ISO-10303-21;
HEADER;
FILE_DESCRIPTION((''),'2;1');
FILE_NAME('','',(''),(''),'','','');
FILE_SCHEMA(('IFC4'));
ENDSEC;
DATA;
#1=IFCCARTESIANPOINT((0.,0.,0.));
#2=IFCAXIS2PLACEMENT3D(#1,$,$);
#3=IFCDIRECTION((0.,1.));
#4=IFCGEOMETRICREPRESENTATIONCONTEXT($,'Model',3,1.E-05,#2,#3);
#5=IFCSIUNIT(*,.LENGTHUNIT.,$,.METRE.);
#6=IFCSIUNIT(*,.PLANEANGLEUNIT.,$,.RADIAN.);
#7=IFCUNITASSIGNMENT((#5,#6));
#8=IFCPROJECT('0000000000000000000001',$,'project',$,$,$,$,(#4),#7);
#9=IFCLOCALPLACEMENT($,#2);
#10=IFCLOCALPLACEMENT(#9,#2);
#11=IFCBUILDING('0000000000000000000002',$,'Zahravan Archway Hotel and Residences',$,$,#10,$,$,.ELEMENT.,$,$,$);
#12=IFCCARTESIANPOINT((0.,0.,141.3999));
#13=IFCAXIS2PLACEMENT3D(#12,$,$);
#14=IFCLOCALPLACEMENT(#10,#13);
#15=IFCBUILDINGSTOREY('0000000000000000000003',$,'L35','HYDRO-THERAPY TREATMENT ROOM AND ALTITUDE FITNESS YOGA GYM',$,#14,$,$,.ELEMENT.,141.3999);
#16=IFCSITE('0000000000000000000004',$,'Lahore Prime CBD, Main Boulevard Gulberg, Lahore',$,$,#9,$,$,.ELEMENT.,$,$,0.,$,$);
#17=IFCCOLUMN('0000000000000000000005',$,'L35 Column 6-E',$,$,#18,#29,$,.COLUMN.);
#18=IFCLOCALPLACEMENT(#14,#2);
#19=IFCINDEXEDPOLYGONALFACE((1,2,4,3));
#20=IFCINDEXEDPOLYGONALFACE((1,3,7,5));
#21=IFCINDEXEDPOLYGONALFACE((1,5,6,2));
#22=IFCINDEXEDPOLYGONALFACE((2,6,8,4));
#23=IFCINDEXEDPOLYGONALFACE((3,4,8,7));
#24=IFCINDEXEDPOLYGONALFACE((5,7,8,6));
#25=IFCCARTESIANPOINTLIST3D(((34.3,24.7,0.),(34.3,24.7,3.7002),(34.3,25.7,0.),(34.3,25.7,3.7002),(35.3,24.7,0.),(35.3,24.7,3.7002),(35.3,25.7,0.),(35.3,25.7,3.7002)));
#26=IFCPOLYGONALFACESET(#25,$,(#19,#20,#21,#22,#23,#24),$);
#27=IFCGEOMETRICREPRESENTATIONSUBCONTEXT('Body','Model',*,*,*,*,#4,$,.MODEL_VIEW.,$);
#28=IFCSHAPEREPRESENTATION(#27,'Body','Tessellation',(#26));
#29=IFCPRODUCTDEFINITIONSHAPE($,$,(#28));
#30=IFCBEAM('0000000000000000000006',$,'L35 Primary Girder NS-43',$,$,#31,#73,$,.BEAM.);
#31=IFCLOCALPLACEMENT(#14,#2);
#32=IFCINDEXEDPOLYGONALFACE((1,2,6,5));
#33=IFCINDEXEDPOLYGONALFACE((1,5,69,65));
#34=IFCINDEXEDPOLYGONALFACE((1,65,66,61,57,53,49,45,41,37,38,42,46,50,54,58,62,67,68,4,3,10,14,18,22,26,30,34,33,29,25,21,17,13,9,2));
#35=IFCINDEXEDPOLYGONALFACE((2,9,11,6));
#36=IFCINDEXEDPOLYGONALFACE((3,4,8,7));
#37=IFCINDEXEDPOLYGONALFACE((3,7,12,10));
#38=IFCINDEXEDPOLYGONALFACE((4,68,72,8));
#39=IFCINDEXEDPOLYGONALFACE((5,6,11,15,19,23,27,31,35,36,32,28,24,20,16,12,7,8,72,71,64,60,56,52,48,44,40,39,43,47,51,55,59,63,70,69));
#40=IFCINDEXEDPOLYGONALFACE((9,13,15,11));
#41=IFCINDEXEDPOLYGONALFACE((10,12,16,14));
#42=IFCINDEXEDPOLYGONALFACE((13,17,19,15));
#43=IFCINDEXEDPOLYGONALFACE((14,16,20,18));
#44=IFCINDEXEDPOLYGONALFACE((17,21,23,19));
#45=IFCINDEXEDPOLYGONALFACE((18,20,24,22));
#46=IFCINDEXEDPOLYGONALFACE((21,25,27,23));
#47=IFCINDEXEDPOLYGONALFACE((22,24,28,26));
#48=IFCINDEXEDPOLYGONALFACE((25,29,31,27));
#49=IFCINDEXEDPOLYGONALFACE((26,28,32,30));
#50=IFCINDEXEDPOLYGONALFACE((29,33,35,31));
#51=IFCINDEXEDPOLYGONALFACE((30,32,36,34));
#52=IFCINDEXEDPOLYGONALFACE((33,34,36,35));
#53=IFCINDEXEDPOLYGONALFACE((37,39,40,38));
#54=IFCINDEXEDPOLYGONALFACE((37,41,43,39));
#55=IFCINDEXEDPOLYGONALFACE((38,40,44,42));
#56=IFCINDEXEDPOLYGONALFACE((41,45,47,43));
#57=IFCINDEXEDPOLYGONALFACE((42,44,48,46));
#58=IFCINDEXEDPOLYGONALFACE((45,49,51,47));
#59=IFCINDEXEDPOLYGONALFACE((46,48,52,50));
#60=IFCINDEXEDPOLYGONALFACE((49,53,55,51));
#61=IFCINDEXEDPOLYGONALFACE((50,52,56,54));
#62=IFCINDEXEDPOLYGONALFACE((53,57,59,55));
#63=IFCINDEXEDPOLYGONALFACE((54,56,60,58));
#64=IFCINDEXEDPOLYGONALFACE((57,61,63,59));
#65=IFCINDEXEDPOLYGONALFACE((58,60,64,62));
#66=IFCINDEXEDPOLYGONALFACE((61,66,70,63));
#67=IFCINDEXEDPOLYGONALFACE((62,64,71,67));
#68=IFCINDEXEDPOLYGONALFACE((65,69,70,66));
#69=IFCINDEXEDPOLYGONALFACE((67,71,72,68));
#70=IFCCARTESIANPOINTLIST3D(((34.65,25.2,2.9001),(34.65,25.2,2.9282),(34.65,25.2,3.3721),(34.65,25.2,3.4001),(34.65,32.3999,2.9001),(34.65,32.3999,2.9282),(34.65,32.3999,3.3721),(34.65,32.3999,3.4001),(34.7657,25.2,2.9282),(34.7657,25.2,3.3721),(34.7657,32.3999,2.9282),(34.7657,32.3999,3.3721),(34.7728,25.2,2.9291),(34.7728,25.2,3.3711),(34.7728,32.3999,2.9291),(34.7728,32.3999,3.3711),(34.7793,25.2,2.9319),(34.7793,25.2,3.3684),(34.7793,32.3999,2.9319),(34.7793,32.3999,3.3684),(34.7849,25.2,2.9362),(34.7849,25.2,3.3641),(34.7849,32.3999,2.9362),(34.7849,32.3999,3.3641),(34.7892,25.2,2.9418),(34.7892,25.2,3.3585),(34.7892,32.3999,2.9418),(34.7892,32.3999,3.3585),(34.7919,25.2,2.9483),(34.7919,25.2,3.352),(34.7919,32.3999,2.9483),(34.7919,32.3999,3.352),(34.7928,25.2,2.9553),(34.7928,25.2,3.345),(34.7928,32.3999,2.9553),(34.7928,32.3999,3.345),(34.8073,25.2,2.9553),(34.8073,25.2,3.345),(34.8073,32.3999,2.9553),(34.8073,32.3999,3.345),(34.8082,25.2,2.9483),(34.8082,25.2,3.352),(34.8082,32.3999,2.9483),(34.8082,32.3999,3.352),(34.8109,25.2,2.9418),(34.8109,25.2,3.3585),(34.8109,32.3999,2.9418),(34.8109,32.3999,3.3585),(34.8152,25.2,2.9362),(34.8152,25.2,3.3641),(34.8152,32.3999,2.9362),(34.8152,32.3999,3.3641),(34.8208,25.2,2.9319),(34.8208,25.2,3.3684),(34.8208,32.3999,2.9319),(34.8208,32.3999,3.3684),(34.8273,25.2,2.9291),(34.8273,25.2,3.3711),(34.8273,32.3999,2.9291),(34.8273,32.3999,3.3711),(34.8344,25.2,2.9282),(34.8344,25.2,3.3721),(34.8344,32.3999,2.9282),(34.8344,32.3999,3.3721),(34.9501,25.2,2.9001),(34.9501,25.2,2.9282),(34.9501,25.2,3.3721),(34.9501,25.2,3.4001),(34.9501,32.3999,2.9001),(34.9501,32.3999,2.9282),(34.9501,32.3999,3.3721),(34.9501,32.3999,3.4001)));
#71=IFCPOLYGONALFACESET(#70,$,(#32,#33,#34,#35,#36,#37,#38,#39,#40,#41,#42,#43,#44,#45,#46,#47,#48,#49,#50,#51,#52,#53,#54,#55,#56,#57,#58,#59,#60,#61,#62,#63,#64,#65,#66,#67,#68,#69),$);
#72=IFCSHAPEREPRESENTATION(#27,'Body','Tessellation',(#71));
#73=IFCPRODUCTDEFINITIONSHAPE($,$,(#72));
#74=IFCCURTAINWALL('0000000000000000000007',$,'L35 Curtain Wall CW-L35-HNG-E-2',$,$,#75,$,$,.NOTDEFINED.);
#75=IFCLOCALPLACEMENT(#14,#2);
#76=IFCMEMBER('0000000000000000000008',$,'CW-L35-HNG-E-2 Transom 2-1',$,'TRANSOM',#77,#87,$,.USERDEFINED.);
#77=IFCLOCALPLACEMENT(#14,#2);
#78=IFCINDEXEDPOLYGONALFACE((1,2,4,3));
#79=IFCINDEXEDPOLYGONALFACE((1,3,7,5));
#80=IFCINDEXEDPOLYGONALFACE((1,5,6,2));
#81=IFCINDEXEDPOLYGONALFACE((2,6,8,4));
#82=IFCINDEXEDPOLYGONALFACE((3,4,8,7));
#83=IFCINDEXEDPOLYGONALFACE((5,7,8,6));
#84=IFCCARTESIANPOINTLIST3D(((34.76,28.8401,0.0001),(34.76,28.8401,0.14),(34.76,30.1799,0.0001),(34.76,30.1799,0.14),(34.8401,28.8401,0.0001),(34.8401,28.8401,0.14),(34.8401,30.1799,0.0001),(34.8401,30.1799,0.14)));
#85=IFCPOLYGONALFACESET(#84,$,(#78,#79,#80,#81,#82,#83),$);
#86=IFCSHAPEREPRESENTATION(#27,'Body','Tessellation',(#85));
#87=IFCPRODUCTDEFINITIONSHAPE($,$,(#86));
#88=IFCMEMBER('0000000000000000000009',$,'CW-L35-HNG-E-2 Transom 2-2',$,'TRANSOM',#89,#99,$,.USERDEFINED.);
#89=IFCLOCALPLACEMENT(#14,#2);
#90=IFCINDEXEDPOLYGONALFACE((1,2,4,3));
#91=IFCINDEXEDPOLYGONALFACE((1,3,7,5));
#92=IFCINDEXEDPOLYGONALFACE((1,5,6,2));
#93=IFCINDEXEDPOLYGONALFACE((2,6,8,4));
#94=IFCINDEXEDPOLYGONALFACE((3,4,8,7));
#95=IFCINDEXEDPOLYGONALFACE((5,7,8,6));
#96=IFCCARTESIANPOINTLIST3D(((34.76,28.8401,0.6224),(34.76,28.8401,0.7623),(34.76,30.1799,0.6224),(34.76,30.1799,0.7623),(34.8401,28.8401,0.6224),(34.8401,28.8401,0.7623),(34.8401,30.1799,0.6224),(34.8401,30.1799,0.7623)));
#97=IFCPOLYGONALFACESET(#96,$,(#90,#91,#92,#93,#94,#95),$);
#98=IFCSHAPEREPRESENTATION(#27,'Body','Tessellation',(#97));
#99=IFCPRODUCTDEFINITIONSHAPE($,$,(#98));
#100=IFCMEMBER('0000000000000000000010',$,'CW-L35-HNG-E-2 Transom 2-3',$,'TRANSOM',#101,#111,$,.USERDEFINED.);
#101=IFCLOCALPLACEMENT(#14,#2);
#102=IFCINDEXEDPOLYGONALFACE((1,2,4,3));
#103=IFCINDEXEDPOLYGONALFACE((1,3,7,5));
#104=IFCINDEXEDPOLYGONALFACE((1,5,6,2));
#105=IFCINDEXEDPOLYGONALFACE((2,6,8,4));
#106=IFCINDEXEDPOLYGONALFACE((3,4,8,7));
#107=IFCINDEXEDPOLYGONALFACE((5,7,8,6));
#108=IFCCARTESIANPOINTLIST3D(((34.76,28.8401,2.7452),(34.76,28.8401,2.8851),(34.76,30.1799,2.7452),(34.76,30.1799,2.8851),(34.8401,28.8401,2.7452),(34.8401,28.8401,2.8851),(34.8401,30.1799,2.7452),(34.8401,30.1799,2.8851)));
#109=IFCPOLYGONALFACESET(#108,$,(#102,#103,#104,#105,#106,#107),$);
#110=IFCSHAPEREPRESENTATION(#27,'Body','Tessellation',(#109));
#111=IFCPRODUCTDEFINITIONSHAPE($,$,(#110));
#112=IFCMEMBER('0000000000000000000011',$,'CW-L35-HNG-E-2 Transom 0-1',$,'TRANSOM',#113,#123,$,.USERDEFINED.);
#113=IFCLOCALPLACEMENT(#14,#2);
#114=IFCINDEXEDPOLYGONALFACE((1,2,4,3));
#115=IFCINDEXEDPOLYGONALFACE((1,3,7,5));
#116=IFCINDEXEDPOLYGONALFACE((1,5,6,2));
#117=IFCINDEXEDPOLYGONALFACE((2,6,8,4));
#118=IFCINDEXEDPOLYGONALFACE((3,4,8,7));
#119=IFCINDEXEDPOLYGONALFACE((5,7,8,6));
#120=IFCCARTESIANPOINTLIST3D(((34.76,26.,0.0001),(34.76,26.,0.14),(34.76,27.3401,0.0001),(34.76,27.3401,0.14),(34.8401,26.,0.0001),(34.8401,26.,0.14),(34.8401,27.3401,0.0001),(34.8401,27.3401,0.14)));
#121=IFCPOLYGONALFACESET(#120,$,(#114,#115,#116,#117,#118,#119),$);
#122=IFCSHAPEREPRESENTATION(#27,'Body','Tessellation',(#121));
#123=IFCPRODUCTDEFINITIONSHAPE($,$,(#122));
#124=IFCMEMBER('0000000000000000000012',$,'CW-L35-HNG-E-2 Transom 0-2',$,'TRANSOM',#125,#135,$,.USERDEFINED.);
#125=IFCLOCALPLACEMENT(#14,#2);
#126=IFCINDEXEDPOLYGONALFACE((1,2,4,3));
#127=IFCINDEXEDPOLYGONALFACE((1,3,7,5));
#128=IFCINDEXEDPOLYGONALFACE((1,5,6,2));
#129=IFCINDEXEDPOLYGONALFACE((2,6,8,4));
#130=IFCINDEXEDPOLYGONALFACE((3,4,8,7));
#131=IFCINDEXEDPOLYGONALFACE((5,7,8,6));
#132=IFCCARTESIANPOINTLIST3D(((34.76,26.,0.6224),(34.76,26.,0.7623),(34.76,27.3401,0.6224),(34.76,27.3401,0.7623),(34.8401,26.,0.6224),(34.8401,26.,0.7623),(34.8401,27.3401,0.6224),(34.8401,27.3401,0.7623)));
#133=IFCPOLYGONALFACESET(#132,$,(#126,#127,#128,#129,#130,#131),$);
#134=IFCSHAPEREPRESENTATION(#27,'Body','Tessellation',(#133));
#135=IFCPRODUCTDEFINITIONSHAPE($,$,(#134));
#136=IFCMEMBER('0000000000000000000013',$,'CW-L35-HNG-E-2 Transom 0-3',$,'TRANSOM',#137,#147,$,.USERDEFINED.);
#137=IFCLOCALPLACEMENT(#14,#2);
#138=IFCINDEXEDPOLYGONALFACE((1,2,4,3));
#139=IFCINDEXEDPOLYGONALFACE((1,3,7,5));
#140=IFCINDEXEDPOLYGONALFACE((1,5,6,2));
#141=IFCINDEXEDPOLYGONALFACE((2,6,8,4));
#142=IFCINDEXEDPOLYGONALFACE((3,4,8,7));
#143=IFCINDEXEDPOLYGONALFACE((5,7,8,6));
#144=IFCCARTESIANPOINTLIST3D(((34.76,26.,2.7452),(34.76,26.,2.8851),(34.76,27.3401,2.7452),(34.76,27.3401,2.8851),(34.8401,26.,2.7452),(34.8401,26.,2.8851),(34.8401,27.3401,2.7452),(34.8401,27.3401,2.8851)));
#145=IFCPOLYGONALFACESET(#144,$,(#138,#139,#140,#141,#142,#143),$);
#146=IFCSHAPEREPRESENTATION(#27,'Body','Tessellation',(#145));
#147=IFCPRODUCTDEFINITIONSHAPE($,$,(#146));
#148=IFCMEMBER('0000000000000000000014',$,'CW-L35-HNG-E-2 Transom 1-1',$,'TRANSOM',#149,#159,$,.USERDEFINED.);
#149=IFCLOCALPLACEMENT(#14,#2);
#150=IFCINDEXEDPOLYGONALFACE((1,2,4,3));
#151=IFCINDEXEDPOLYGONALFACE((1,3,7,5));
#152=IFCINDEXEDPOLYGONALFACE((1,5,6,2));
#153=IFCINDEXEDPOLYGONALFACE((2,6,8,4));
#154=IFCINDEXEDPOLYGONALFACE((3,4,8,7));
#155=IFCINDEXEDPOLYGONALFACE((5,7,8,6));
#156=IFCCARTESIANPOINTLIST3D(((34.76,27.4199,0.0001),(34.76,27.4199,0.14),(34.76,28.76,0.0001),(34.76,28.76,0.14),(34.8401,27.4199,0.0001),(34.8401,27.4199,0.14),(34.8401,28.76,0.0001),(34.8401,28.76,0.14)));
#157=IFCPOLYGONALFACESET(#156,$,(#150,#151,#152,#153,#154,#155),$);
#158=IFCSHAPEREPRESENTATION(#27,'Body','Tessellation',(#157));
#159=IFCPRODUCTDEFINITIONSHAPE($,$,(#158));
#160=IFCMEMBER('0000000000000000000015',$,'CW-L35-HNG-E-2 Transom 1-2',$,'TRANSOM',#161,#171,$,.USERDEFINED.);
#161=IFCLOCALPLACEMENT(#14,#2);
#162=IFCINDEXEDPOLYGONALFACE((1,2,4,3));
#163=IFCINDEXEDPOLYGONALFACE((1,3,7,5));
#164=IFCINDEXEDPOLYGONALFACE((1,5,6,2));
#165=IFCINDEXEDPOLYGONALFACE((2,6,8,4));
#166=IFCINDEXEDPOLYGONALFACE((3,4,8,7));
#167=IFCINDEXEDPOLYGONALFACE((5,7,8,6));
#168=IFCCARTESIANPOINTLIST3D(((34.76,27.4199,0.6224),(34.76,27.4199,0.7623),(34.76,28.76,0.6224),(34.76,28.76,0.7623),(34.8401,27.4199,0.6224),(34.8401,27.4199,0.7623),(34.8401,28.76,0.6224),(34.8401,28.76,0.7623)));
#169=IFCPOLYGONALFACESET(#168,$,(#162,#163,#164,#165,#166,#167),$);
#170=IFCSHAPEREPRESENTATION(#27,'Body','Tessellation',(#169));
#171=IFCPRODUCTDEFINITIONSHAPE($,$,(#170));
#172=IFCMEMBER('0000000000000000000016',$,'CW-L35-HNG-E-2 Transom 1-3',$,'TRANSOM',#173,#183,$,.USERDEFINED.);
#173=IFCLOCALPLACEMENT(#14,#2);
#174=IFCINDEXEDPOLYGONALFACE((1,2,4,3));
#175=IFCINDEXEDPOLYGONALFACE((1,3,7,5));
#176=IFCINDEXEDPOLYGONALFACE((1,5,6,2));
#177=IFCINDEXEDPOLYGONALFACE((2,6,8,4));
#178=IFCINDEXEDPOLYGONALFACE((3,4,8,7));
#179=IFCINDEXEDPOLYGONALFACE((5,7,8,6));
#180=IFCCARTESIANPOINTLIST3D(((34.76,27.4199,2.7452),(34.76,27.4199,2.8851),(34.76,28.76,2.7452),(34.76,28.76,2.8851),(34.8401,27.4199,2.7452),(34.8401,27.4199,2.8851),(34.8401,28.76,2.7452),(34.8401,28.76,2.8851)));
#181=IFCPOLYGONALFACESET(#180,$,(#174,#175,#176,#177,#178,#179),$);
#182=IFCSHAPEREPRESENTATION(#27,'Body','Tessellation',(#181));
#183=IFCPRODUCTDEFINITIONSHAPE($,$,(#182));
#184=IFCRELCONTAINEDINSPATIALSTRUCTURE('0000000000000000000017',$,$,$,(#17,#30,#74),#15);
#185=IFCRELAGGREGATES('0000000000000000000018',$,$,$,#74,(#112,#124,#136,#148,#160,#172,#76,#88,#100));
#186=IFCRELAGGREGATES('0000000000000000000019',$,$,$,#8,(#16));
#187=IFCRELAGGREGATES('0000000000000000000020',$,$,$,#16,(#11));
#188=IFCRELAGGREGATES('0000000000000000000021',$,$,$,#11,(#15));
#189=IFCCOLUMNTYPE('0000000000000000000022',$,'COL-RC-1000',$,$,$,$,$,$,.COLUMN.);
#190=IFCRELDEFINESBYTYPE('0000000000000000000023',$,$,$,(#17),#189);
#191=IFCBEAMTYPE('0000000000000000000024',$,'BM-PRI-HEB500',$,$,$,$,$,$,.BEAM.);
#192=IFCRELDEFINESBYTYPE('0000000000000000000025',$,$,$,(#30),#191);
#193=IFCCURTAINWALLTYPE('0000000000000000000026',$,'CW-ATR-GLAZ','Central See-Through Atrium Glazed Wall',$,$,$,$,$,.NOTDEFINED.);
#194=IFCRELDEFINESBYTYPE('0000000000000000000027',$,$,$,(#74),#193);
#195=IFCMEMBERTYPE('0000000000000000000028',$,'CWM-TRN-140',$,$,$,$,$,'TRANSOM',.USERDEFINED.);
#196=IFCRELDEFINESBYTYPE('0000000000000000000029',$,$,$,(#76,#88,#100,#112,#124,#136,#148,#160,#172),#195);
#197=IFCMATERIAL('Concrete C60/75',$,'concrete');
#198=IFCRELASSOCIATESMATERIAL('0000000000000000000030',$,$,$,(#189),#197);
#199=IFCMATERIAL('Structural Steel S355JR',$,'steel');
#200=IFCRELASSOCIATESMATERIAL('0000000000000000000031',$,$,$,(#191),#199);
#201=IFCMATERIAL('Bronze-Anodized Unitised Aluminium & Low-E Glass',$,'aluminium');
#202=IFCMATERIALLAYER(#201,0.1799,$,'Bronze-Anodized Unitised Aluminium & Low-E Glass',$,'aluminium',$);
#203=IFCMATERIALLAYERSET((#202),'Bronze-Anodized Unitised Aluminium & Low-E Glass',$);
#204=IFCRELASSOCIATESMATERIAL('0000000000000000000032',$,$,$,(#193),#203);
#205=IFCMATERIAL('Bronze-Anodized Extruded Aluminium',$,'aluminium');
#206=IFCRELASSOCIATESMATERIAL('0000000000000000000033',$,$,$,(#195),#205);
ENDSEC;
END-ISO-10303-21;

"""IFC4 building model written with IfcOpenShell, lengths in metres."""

from ifc_helpers import new_model, si_unit, direction, frame, origin, origin_2d, place, context, subcontext, project, spatial, rectangle, i_section, extrude, source, transform, mapped, material, layer, layer_set, material_profile, profile_set, type_object, element, aggregate, save


model = new_model("IFC4")

# Units and contexts
model_context = context("Model", 3, precision=1e-05, world=origin(), true_north=direction((0.0, 1.0)))
body_context = subcontext(model_context, "Body", "Model", "MODEL_VIEW")
ifc_project = project(units=[si_unit("LENGTHUNIT", "METRE"), si_unit("PLANEANGLEUNIT", "RADIAN")], contexts=[model_context])

# Site, building, storey
site_placement = place(None, origin())
site = spatial("IfcSite", under=ifc_project, at=site_placement, Name="Lahore Prime CBD, Main Boulevard Gulberg, Lahore", CompositionType="ELEMENT", RefElevation=0.0)
building_placement = place(site_placement, origin())
building = spatial("IfcBuilding", under=site, at=building_placement, Name="Zahravan Archway Hotel and Residences", CompositionType="ELEMENT")
storey_placement = place(building_placement, frame((0.0, 0.0, 141.3999)))
storey = spatial("IfcBuildingStorey", under=building, at=storey_placement, Name="L35", Description="HYDRO-THERAPY TREATMENT ROOM AND ALTITUDE FITNESS YOGA GYM", CompositionType="ELEMENT", Elevation=141.3999)

# Column
ifc_material_1 = material(Name="Concrete C60/75", Category="concrete")
ifc_material_profile_1 = material_profile(ifc_material_1, rectangle(XDim=1.0, YDim=1.0, at=origin_2d()), Name="RC-COL-1000x1000", Category="concrete")
ifc_profile_set_1 = profile_set([ifc_material_profile_1], Name="Concrete C60/75")
column_type = type_object("IfcColumnType", Name="COL-RC-1000", PredefinedType="COLUMN", material=ifc_profile_set_1)
shared_shape_1 = source(origin(), body_context, "Body", "SweptSolid", [
    extrude(rectangle(XDim=1.0, YDim=1.0, at=origin_2d()), origin(), (0.0, 0.0, 1.0), 3.7002),
])
column_placement = place(storey_placement, frame((34.8, 25.2, 0.0), z_axis=(0.0, 0.0, 1.0), x_axis=(1.0, 0.0, 0.0)))
element("IfcColumn", 1, at=column_placement, inside=storey, type_object=column_type, Name="L35 Column 6-E", PredefinedType="COLUMN", context=body_context, shape_type="MappedRepresentation", body=[
    mapped(shared_shape_1, transform((0.0, 0.0, 0.0), scale=1.0)),
])

# Beam
ifc_material_2 = material(Name="Structural Steel S355JR", Category="steel")
ifc_material_profile_2 = material_profile(ifc_material_2, i_section(OverallWidth=0.3, OverallDepth=0.5, WebThickness=0.0144, FlangeThickness=0.0281, FilletRadius=0.0271, at=origin_2d()), Name="HEB 500", Category="steel")
ifc_profile_set_2 = profile_set([ifc_material_profile_2], Name="Structural Steel S355JR")
beam_type = type_object("IfcBeamType", Name="BM-PRI-HEB500", PredefinedType="BEAM", material=ifc_profile_set_2)
shared_shape_2 = source(origin(), body_context, "Body", "SweptSolid", [
    extrude(i_section(OverallWidth=0.3, OverallDepth=0.5, WebThickness=0.0144, FlangeThickness=0.0281, FilletRadius=0.0271, at=origin_2d()), origin(), (0.0, 0.0, 1.0), 7.2),
])
beam_placement = place(storey_placement, frame((34.8, 25.2, 3.1501), z_axis=(0.0, 1.0, 0.0), x_axis=(-1.0, 0.0, 0.0)))
element("IfcBeam", 2, at=beam_placement, inside=storey, type_object=beam_type, Name="L35 Primary Girder NS-43", PredefinedType="BEAM", context=body_context, shape_type="MappedRepresentation", body=[
    mapped(shared_shape_2, transform((0.0, 0.0, 0.0), scale=1.0)),
])

# Curtain wall, members
ifc_material_3 = material(Name="Bronze-Anodized Unitised Aluminium & Low-E Glass", Category="aluminium")
ifc_layer_1 = layer(ifc_material_3, 0.1799, Name="Bronze-Anodized Unitised Aluminium & Low-E Glass", Category="aluminium")
ifc_layer_set_1 = layer_set([ifc_layer_1], Name="Bronze-Anodized Unitised Aluminium & Low-E Glass")
curtain_wall_type = type_object("IfcCurtainWallType", Name="CW-ATR-GLAZ", Description="Central See-Through Atrium Glazed Wall", PredefinedType="NOTDEFINED", material=ifc_layer_set_1)
curtain_wall_1_placement = place(storey_placement, origin())
curtain_wall_1 = element("IfcCurtainWall", 3, at=curtain_wall_1_placement, inside=storey, type_object=curtain_wall_type, Name="L35 Curtain Wall CW-L35-HNG-E-2", PredefinedType="NOTDEFINED")
ifc_material_4 = material(Name="Bronze-Anodized Extruded Aluminium", Category="aluminium")
ifc_material_profile_3 = material_profile(ifc_material_4, rectangle(XDim=0.0801, YDim=0.1399, at=origin_2d()), Name="TRN 80x140", Category="aluminium")
ifc_profile_set_3 = profile_set([ifc_material_profile_3], Name="Bronze-Anodized Extruded Aluminium")
member_type_1 = type_object("IfcMemberType", Name="CWM-TRN-140", ElementType="TRANSOM", PredefinedType="USERDEFINED", material=ifc_profile_set_3)
shared_shape_3 = source(origin(), body_context, "Body", "SweptSolid", [
    extrude(rectangle(XDim=0.0801, YDim=0.1399, at=origin_2d()), origin(), (0.0, 0.0, 1.0), 1.3398),
])
member_1_placement = place(storey_placement, frame((34.8, 28.8401, 0.0701), z_axis=(0.0, 1.0, 0.0), x_axis=(-1.0, 0.0, 0.0)))
member_1 = element("IfcMember", 4, at=member_1_placement, type_object=member_type_1, Name="CW-L35-HNG-E-2 Transom 2-1", ObjectType="TRANSOM", PredefinedType="USERDEFINED", context=body_context, shape_type="MappedRepresentation", body=[
    mapped(shared_shape_3, transform((0.0, 0.0, 0.0), scale=1.0)),
])
member_2_placement = place(storey_placement, frame((34.8, 28.8401, 0.6924), z_axis=(0.0, 1.0, 0.0), x_axis=(-1.0, 0.0, 0.0)))
member_2 = element("IfcMember", 5, at=member_2_placement, type_object=member_type_1, Name="CW-L35-HNG-E-2 Transom 2-2", ObjectType="TRANSOM", PredefinedType="USERDEFINED", context=body_context, shape_type="MappedRepresentation", body=[
    mapped(shared_shape_3, transform((0.0, 0.0, 0.0), scale=1.0)),
])
member_3_placement = place(storey_placement, frame((34.8, 28.8401, 2.8152), z_axis=(0.0, 1.0, 0.0), x_axis=(-1.0, 0.0, 0.0)))
member_3 = element("IfcMember", 6, at=member_3_placement, type_object=member_type_1, Name="CW-L35-HNG-E-2 Transom 2-3", ObjectType="TRANSOM", PredefinedType="USERDEFINED", context=body_context, shape_type="MappedRepresentation", body=[
    mapped(shared_shape_3, transform((0.0, 0.0, 0.0), scale=1.0)),
])
shared_shape_4 = source(origin(), body_context, "Body", "SweptSolid", [
    extrude(rectangle(XDim=0.0801, YDim=0.1399, at=origin_2d()), origin(), (0.0, 0.0, 1.0), 1.3401),
])
member_4_placement = place(storey_placement, frame((34.8, 26.0, 0.0701), z_axis=(0.0, 1.0, 0.0), x_axis=(-1.0, 0.0, 0.0)))
member_4 = element("IfcMember", 7, at=member_4_placement, type_object=member_type_1, Name="CW-L35-HNG-E-2 Transom 0-1", ObjectType="TRANSOM", PredefinedType="USERDEFINED", context=body_context, shape_type="MappedRepresentation", body=[
    mapped(shared_shape_4, transform((0.0, 0.0, 0.0), scale=1.0)),
])
member_5_placement = place(storey_placement, frame((34.8, 26.0, 0.6924), z_axis=(0.0, 1.0, 0.0), x_axis=(-1.0, 0.0, 0.0)))
member_5 = element("IfcMember", 8, at=member_5_placement, type_object=member_type_1, Name="CW-L35-HNG-E-2 Transom 0-2", ObjectType="TRANSOM", PredefinedType="USERDEFINED", context=body_context, shape_type="MappedRepresentation", body=[
    mapped(shared_shape_4, transform((0.0, 0.0, 0.0), scale=1.0)),
])
member_6_placement = place(storey_placement, frame((34.8, 26.0, 2.8152), z_axis=(0.0, 1.0, 0.0), x_axis=(-1.0, 0.0, 0.0)))
member_6 = element("IfcMember", 9, at=member_6_placement, type_object=member_type_1, Name="CW-L35-HNG-E-2 Transom 0-3", ObjectType="TRANSOM", PredefinedType="USERDEFINED", context=body_context, shape_type="MappedRepresentation", body=[
    mapped(shared_shape_4, transform((0.0, 0.0, 0.0), scale=1.0)),
])
member_7_placement = place(storey_placement, frame((34.8, 27.4199, 0.0701), z_axis=(0.0, 1.0, 0.0), x_axis=(-1.0, 0.0, 0.0)))
member_7 = element("IfcMember", 10, at=member_7_placement, type_object=member_type_1, Name="CW-L35-HNG-E-2 Transom 1-1", ObjectType="TRANSOM", PredefinedType="USERDEFINED", context=body_context, shape_type="MappedRepresentation", body=[
    mapped(shared_shape_4, transform((0.0, 0.0, 0.0), scale=1.0)),
])
member_8_placement = place(storey_placement, frame((34.8, 27.4199, 0.6924), z_axis=(0.0, 1.0, 0.0), x_axis=(-1.0, 0.0, 0.0)))
member_8 = element("IfcMember", 11, at=member_8_placement, type_object=member_type_1, Name="CW-L35-HNG-E-2 Transom 1-2", ObjectType="TRANSOM", PredefinedType="USERDEFINED", context=body_context, shape_type="MappedRepresentation", body=[
    mapped(shared_shape_4, transform((0.0, 0.0, 0.0), scale=1.0)),
])
member_9_placement = place(storey_placement, frame((34.8, 27.4199, 2.8152), z_axis=(0.0, 1.0, 0.0), x_axis=(-1.0, 0.0, 0.0)))
member_9 = element("IfcMember", 12, at=member_9_placement, type_object=member_type_1, Name="CW-L35-HNG-E-2 Transom 1-3", ObjectType="TRANSOM", PredefinedType="USERDEFINED", context=body_context, shape_type="MappedRepresentation", body=[
    mapped(shared_shape_4, transform((0.0, 0.0, 0.0), scale=1.0)),
])

aggregate(curtain_wall_1, [member_4, member_5, member_6, member_7, member_8, member_9, member_1, member_2, member_3])

save(model, "model.ifc")
